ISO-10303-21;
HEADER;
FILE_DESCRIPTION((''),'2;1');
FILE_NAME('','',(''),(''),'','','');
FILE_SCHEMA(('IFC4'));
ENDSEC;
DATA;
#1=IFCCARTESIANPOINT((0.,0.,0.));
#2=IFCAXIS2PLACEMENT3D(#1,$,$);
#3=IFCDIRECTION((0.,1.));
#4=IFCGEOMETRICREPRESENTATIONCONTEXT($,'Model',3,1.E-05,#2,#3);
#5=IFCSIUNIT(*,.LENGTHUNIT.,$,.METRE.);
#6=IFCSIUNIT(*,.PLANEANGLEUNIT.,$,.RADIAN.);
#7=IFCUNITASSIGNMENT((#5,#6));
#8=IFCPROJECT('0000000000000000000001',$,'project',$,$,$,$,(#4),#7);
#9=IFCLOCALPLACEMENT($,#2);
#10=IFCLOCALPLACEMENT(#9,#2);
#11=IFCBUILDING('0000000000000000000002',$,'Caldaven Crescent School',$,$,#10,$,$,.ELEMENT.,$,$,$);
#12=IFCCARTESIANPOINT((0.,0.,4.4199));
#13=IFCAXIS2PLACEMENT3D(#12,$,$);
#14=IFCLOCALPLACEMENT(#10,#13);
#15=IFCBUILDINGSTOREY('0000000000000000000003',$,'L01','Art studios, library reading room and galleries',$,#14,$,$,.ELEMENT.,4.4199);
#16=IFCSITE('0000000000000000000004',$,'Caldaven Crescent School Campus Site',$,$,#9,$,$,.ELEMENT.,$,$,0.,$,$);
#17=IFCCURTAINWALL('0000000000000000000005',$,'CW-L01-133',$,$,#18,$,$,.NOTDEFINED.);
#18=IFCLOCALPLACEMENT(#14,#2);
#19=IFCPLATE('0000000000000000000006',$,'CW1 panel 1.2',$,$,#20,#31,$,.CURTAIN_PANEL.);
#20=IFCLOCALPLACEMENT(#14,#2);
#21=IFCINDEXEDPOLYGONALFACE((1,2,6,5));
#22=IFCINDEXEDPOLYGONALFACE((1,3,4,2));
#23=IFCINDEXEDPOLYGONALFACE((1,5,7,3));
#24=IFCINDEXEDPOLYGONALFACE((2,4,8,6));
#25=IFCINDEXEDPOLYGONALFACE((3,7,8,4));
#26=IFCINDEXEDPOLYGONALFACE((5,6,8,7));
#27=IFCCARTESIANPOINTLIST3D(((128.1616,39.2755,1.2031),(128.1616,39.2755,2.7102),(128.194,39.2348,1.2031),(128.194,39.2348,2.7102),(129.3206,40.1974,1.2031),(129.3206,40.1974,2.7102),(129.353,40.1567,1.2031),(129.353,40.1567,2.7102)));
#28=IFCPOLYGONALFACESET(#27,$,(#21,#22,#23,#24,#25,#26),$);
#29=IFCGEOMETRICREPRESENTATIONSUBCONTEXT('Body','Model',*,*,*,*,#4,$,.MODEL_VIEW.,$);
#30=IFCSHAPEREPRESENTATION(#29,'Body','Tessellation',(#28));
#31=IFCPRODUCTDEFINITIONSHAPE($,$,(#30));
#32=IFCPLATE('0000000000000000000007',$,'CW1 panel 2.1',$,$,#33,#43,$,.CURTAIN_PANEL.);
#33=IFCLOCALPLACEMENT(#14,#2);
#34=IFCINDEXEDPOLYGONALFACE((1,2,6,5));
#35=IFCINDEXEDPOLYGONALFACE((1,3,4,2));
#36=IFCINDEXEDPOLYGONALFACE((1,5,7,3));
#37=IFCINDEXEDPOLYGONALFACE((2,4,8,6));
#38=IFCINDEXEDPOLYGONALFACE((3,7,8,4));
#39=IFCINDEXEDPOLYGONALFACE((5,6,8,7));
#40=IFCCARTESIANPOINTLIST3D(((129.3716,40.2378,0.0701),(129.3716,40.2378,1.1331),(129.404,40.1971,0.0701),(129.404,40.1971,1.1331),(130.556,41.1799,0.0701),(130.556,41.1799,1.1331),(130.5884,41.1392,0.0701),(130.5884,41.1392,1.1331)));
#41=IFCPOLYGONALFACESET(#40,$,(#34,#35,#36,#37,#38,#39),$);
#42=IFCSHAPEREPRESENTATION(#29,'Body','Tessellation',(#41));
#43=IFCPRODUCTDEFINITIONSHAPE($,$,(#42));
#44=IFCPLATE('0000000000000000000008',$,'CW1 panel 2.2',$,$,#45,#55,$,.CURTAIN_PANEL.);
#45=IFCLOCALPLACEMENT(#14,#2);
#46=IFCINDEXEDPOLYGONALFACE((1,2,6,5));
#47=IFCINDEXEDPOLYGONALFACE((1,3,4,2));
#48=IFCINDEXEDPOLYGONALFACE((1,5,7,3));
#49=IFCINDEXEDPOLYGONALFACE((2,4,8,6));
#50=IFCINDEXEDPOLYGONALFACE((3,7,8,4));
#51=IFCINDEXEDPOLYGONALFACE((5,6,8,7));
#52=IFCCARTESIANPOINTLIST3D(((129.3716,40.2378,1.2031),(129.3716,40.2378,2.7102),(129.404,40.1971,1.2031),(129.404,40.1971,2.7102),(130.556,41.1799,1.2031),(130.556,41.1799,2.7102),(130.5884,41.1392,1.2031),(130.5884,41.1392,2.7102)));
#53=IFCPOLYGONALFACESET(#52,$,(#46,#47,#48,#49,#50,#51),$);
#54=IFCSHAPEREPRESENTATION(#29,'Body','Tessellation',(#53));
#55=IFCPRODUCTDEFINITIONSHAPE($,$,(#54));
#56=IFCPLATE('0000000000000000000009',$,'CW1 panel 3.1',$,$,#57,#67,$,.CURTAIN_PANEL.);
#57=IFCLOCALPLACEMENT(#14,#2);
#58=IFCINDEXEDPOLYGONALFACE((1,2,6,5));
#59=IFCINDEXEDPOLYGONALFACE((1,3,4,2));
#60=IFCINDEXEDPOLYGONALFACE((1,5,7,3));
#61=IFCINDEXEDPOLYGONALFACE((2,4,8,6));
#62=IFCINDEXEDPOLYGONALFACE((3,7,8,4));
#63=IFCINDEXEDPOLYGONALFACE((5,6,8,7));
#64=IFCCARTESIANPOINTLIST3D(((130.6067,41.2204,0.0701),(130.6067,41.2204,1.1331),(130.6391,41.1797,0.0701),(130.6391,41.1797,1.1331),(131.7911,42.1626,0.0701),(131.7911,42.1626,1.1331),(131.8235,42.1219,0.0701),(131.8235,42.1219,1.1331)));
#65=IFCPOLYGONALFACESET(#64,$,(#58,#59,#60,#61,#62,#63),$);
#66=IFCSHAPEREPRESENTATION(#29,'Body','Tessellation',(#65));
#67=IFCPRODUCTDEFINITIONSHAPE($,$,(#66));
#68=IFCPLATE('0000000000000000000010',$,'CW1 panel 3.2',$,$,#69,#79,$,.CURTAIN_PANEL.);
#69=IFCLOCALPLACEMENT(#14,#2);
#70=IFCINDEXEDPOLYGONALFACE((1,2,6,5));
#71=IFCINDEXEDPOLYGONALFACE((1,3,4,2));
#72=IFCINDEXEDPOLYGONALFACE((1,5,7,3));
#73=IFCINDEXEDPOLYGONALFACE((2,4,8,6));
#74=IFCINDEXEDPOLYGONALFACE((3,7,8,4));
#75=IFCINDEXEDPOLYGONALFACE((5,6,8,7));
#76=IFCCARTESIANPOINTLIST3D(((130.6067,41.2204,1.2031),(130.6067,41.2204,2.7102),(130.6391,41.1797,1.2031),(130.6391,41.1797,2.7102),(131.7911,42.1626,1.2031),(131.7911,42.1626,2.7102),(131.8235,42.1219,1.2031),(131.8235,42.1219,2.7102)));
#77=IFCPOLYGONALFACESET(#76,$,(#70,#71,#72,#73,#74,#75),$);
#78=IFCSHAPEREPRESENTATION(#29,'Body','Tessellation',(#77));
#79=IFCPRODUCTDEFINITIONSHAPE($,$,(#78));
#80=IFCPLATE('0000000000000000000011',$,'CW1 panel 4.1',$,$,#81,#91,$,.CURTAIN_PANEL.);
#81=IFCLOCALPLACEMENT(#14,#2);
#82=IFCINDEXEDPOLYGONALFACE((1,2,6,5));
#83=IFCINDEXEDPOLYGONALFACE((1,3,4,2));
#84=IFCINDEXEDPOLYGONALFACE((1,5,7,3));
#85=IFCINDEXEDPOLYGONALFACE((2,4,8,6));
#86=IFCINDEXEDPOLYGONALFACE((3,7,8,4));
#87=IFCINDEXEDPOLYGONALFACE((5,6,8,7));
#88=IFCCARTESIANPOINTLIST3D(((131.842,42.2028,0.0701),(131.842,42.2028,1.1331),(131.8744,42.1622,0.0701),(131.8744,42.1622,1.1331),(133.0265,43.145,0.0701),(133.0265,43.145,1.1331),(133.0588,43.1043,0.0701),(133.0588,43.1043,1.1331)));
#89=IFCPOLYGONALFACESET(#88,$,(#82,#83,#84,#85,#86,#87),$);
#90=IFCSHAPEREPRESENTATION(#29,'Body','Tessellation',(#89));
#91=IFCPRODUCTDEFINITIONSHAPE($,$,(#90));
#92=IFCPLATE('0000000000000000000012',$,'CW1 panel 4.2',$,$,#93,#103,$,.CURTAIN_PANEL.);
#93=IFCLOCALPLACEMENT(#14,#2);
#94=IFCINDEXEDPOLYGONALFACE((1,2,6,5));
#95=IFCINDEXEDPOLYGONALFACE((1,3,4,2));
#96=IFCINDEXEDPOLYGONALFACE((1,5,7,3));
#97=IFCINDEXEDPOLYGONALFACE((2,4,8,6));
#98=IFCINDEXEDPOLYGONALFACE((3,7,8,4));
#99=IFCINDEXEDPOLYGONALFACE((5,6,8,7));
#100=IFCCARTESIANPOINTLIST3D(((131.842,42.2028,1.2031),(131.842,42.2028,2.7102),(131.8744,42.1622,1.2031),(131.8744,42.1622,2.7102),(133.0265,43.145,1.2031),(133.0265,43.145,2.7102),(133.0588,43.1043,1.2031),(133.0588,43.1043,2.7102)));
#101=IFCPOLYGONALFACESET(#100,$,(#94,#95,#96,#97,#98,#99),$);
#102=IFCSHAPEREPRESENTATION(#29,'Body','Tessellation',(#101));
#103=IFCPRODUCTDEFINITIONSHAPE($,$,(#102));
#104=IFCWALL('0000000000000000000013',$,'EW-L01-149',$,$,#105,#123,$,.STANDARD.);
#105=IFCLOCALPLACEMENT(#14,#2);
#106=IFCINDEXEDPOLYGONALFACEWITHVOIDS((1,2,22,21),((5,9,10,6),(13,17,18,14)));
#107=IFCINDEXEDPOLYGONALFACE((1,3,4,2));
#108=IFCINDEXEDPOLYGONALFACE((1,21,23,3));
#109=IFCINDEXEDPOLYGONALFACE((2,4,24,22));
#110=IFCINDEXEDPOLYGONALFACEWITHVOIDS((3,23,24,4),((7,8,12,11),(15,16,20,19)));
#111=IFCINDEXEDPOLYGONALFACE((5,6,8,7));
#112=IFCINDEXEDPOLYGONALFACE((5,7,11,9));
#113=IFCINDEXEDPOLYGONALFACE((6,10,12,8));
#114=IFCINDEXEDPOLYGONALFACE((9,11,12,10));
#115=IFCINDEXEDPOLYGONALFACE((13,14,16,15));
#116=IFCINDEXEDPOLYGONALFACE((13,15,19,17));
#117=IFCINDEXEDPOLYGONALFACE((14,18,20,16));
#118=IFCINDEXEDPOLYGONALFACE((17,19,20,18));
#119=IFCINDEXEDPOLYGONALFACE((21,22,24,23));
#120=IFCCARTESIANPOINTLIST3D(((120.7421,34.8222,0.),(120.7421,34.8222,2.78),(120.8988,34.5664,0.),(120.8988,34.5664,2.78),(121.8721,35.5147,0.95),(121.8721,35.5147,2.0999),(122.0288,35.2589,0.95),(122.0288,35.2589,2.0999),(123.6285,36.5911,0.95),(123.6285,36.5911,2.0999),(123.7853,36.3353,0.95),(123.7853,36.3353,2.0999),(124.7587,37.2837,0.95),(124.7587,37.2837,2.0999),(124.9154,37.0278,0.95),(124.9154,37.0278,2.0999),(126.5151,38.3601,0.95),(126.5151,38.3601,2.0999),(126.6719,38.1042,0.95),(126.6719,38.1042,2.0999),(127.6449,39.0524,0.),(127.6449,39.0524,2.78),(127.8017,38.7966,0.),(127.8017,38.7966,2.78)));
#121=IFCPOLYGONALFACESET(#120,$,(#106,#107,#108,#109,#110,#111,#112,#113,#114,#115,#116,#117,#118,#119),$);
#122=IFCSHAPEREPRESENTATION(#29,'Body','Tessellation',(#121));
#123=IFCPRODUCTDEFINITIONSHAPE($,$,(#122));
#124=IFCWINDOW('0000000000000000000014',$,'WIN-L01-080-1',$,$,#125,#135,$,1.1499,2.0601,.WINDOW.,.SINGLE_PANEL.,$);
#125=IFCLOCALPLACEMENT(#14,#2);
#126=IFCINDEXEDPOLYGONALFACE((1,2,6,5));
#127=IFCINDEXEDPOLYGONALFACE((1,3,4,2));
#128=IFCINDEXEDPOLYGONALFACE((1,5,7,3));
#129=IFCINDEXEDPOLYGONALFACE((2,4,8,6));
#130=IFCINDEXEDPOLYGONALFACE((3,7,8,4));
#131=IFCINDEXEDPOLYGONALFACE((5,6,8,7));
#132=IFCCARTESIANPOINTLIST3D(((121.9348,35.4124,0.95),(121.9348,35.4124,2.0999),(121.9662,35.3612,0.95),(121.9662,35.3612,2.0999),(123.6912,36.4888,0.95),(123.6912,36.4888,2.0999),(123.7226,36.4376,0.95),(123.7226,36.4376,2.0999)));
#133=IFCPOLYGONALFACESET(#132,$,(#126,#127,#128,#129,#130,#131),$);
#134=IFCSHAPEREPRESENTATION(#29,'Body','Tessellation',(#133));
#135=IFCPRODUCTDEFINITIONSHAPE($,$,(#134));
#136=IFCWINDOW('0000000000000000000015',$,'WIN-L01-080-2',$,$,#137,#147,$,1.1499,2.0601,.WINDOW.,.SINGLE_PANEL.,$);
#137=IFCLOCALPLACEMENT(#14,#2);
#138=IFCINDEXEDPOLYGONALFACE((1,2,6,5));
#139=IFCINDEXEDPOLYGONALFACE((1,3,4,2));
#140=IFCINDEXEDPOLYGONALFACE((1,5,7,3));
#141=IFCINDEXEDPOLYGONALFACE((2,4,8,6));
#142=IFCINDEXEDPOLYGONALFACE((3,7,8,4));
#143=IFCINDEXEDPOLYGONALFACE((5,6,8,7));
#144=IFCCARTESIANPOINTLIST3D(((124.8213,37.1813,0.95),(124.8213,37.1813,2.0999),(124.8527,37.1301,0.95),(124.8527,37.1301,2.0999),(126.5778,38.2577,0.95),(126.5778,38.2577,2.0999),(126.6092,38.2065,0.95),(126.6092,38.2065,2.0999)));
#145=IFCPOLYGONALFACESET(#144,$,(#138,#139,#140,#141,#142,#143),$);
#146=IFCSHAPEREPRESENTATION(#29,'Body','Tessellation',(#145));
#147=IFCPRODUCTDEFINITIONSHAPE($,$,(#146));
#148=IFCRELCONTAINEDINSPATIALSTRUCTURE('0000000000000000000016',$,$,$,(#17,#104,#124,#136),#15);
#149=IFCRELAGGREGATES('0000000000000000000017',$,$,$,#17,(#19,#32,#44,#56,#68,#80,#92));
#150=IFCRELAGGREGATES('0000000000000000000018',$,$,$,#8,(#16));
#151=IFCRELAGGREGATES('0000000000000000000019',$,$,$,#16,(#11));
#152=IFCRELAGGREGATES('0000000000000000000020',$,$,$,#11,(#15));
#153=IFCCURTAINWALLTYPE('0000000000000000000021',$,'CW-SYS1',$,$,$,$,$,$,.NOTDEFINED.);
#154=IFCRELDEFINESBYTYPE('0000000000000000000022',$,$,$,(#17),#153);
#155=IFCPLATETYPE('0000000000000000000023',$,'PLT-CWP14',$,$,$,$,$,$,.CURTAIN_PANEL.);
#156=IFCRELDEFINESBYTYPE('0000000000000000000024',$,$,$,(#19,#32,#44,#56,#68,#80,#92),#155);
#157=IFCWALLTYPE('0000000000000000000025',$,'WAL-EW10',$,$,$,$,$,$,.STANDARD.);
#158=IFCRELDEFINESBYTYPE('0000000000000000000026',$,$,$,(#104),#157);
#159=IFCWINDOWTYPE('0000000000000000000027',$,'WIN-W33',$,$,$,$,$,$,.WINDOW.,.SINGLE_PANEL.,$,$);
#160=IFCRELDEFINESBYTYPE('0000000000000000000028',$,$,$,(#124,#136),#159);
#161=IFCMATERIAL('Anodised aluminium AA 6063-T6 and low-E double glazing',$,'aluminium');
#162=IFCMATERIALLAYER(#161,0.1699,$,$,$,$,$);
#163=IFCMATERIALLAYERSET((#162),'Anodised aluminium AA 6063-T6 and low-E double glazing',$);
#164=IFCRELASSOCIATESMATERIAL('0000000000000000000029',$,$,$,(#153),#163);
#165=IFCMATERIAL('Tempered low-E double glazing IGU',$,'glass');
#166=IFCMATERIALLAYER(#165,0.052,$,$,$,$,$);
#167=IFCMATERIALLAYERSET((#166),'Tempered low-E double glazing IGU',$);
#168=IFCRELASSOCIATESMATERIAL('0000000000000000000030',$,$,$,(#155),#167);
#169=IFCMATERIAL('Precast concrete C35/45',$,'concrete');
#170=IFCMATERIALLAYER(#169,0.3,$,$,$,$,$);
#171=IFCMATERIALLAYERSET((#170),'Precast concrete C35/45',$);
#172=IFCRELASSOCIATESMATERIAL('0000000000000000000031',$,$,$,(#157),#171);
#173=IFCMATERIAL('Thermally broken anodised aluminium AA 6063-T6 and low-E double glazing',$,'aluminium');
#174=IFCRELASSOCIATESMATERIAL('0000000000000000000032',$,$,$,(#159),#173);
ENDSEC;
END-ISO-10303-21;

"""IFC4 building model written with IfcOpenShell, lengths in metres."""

from ifc_helpers import new_model, si_unit, direction, frame, frame_2d, origin, origin_2d, place, context, subcontext, project, spatial, rectangle, extrude, material, layer, layer_set, type_object, element, fill, aggregate, save


model = new_model("IFC4")

# Units and contexts
model_context = context("Model", 3, precision=1e-05, world=origin(), true_north=direction((0.0, 1.0)))
body_context = subcontext(model_context, "Body", "Model", "MODEL_VIEW")
ifc_project = project(units=[si_unit("LENGTHUNIT", "METRE"), si_unit("PLANEANGLEUNIT", "RADIAN")], contexts=[model_context])

# Site, building, storey
site_placement = place(None, origin())
site = spatial("IfcSite", under=ifc_project, at=site_placement, Name="Caldaven Crescent School Campus Site", CompositionType="ELEMENT", RefElevation=0.0)
building_placement = place(site_placement, origin())
building = spatial("IfcBuilding", under=site, at=building_placement, Name="Caldaven Crescent School", CompositionType="ELEMENT")
storey_placement = place(building_placement, frame((0.0, 0.0, 4.4199)))
storey = spatial("IfcBuildingStorey", under=building, at=storey_placement, Name="L01", Description="Art studios, library reading room and galleries", CompositionType="ELEMENT", Elevation=4.4199)

# Curtain wall
ifc_material_1 = material(Name="Anodised aluminium AA 6063-T6 and low-E double glazing", Category="aluminium")
ifc_layer_1 = layer(ifc_material_1, 0.1699)
ifc_layer_set_1 = layer_set([ifc_layer_1], Name="Anodised aluminium AA 6063-T6 and low-E double glazing")
curtain_wall_type = type_object("IfcCurtainWallType", Name="CW-SYS1", PredefinedType="NOTDEFINED", material=ifc_layer_set_1)
curtain_wall_placement = place(storey_placement, origin())
curtain_wall = element("IfcCurtainWall", 1, at=curtain_wall_placement, inside=storey, type_object=curtain_wall_type, Name="CW-L01-133", PredefinedType="NOTDEFINED")

# Plates
ifc_material_2 = material(Name="Tempered low-E double glazing IGU", Category="glass")
ifc_layer_2 = layer(ifc_material_2, 0.052)
ifc_layer_set_2 = layer_set([ifc_layer_2], Name="Tempered low-E double glazing IGU")
plate_type = type_object("IfcPlateType", Name="PLT-CWP14", PredefinedType="CURTAIN_PANEL", material=ifc_layer_set_2)
plate_1_placement = place(storey_placement, frame((128.7573, 39.7161, 1.2031), z_axis=(0.0, 0.0, 1.0), x_axis=(0.782608, 0.622514, 0.0)))
plate_1 = element("IfcPlate", 2, at=plate_1_placement, type_object=plate_type, Name="CW1 panel 1.2", PredefinedType="CURTAIN_PANEL", context=body_context, shape_type="SweptSolid", body=[
    extrude(rectangle(XDim=1.481, YDim=0.052, at=origin_2d()), origin(), (0.0, 0.0, 1.0), 1.5071),
])
plate_2_placement = place(storey_placement, frame((129.98, 40.6885, 0.0701), z_axis=(0.0, 0.0, 1.0), x_axis=(0.782608, 0.622514, 0.0)))
plate_2 = element("IfcPlate", 3, at=plate_2_placement, type_object=plate_type, Name="CW1 panel 2.1", PredefinedType="CURTAIN_PANEL", context=body_context, shape_type="SweptSolid", body=[
    extrude(rectangle(XDim=1.5134, YDim=0.052, at=origin_2d()), origin(), (0.0, 0.0, 1.0), 1.063),
])
plate_3_placement = place(storey_placement, frame((129.98, 40.6885, 1.2031), z_axis=(0.0, 0.0, 1.0), x_axis=(0.782608, 0.622514, 0.0)))
plate_3 = element("IfcPlate", 4, at=plate_3_placement, type_object=plate_type, Name="CW1 panel 2.2", PredefinedType="CURTAIN_PANEL", context=body_context, shape_type="SweptSolid", body=[
    extrude(rectangle(XDim=1.5134, YDim=0.052, at=origin_2d()), origin(), (0.0, 0.0, 1.0), 1.5071),
])
plate_4_placement = place(storey_placement, frame((131.2151, 41.6711, 0.0701), z_axis=(0.0, 0.0, 1.0), x_axis=(0.782608, 0.622514, 0.0)))
plate_4 = element("IfcPlate", 5, at=plate_4_placement, type_object=plate_type, Name="CW1 panel 3.1", PredefinedType="CURTAIN_PANEL", context=body_context, shape_type="SweptSolid", body=[
    extrude(rectangle(XDim=1.5134, YDim=0.052, at=origin_2d()), origin(), (0.0, 0.0, 1.0), 1.063),
])
plate_5_placement = place(storey_placement, frame((131.2151, 41.6711, 1.2031), z_axis=(0.0, 0.0, 1.0), x_axis=(0.782608, 0.622514, 0.0)))
plate_5 = element("IfcPlate", 6, at=plate_5_placement, type_object=plate_type, Name="CW1 panel 3.2", PredefinedType="CURTAIN_PANEL", context=body_context, shape_type="SweptSolid", body=[
    extrude(rectangle(XDim=1.5134, YDim=0.052, at=origin_2d()), origin(), (0.0, 0.0, 1.0), 1.5071),
])
plate_6_placement = place(storey_placement, frame((132.4504, 42.6536, 0.0701), z_axis=(0.0, 0.0, 1.0), x_axis=(0.782608, 0.622514, 0.0)))
plate_6 = element("IfcPlate", 7, at=plate_6_placement, type_object=plate_type, Name="CW1 panel 4.1", PredefinedType="CURTAIN_PANEL", context=body_context, shape_type="SweptSolid", body=[
    extrude(rectangle(XDim=1.5134, YDim=0.052, at=origin_2d()), origin(), (0.0, 0.0, 1.0), 1.063),
])
plate_7_placement = place(storey_placement, frame((132.4504, 42.6536, 1.2031), z_axis=(0.0, 0.0, 1.0), x_axis=(0.782608, 0.622514, 0.0)))
plate_7 = element("IfcPlate", 8, at=plate_7_placement, type_object=plate_type, Name="CW1 panel 4.2", PredefinedType="CURTAIN_PANEL", context=body_context, shape_type="SweptSolid", body=[
    extrude(rectangle(XDim=1.5134, YDim=0.052, at=origin_2d()), origin(), (0.0, 0.0, 1.0), 1.5071),
])
aggregate(curtain_wall, [plate_1, plate_2, plate_3, plate_4, plate_5, plate_6, plate_7])

# Wall, openings, windows
ifc_material_3 = material(Name="Precast concrete C35/45", Category="concrete")
ifc_layer_3 = layer(ifc_material_3, 0.3)
ifc_layer_set_3 = layer_set([ifc_layer_3], Name="Precast concrete C35/45")
wall_type = type_object("IfcWallType", Name="WAL-EW10", PredefinedType="STANDARD", material=ifc_layer_set_3)
wall_placement = place(storey_placement, frame((120.8206, 34.6943, 0.0), z_axis=(0.0, 0.0, 1.0), x_axis=(0.852631, 0.522513, 0.0)))
wall = element("IfcWall", 9, at=wall_placement, inside=storey, type_object=wall_type, Name="EW-L01-149", PredefinedType="STANDARD", context=body_context, shape_type="SweptSolid", body=[
    extrude(rectangle(XDim=8.0959, YDim=0.3, at=frame_2d((4.0479, 0.0))), origin(), (0.0, 0.0, 1.0), 2.78),
])
opening_1_placement = place(wall_placement, frame((1.3252, 0.0, 0.95)))
opening_1 = element("IfcOpeningElement", 10, at=opening_1_placement, cuts=wall, PredefinedType="OPENING", context=body_context, shape_type="SweptSolid", body=[
    extrude(rectangle(XDim=2.0601, YDim=1.1499, at=frame_2d((1.03, 0.575))), frame((0.0, 0.1599, 0.0), z_axis=(0.0, -1.0, 0.0), x_axis=(1.0, 0.0, 0.0)), (0.0, 0.0, 1.0), 0.3201),
])
opening_2_placement = place(wall_placement, frame((4.7107, 0.0, 0.95)))
opening_2 = element("IfcOpeningElement", 11, at=opening_2_placement, cuts=wall, PredefinedType="OPENING", context=body_context, shape_type="SweptSolid", body=[
    extrude(rectangle(XDim=2.0601, YDim=1.1499, at=frame_2d((1.03, 0.575))), frame((0.0, 0.1599, 0.0), z_axis=(0.0, -1.0, 0.0), x_axis=(1.0, 0.0, 0.0)), (0.0, 0.0, 1.0), 0.3201),
])
ifc_material_4 = material(Name="Thermally broken anodised aluminium AA 6063-T6 and low-E double glazing", Category="aluminium")
window_type = type_object("IfcWindowType", Name="WIN-W33", PartitioningType="SINGLE_PANEL", PredefinedType="WINDOW", material=ifc_material_4)
window_1_placement = place(opening_1_placement, origin())
window_1 = element("IfcWindow", 12, at=window_1_placement, inside=storey, type_object=window_type, Name="WIN-L01-080-1", OverallHeight=1.1499, OverallWidth=2.0601, PartitioningType="SINGLE_PANEL", PredefinedType="WINDOW", context=body_context, shape_type="SweptSolid", body=[
    extrude(rectangle(XDim=2.0601, YDim=1.1499, at=frame_2d((1.03, 0.575))), frame((0.0, 0.03, 0.0), z_axis=(0.0, -1.0, 0.0), x_axis=(1.0, 0.0, 0.0)), (0.0, 0.0, 1.0), 0.0601),
])
fill(opening_1, window_1)
window_2_placement = place(opening_2_placement, origin())
window_2 = element("IfcWindow", 13, at=window_2_placement, inside=storey, type_object=window_type, Name="WIN-L01-080-2", OverallHeight=1.1499, OverallWidth=2.0601, PartitioningType="SINGLE_PANEL", PredefinedType="WINDOW", context=body_context, shape_type="SweptSolid", body=[
    extrude(rectangle(XDim=2.0601, YDim=1.1499, at=frame_2d((1.03, 0.575))), frame((0.0, 0.03, 0.0), z_axis=(0.0, -1.0, 0.0), x_axis=(1.0, 0.0, 0.0)), (0.0, 0.0, 1.0), 0.0601),
])
fill(opening_2, window_2)

save(model, "model.ifc")
